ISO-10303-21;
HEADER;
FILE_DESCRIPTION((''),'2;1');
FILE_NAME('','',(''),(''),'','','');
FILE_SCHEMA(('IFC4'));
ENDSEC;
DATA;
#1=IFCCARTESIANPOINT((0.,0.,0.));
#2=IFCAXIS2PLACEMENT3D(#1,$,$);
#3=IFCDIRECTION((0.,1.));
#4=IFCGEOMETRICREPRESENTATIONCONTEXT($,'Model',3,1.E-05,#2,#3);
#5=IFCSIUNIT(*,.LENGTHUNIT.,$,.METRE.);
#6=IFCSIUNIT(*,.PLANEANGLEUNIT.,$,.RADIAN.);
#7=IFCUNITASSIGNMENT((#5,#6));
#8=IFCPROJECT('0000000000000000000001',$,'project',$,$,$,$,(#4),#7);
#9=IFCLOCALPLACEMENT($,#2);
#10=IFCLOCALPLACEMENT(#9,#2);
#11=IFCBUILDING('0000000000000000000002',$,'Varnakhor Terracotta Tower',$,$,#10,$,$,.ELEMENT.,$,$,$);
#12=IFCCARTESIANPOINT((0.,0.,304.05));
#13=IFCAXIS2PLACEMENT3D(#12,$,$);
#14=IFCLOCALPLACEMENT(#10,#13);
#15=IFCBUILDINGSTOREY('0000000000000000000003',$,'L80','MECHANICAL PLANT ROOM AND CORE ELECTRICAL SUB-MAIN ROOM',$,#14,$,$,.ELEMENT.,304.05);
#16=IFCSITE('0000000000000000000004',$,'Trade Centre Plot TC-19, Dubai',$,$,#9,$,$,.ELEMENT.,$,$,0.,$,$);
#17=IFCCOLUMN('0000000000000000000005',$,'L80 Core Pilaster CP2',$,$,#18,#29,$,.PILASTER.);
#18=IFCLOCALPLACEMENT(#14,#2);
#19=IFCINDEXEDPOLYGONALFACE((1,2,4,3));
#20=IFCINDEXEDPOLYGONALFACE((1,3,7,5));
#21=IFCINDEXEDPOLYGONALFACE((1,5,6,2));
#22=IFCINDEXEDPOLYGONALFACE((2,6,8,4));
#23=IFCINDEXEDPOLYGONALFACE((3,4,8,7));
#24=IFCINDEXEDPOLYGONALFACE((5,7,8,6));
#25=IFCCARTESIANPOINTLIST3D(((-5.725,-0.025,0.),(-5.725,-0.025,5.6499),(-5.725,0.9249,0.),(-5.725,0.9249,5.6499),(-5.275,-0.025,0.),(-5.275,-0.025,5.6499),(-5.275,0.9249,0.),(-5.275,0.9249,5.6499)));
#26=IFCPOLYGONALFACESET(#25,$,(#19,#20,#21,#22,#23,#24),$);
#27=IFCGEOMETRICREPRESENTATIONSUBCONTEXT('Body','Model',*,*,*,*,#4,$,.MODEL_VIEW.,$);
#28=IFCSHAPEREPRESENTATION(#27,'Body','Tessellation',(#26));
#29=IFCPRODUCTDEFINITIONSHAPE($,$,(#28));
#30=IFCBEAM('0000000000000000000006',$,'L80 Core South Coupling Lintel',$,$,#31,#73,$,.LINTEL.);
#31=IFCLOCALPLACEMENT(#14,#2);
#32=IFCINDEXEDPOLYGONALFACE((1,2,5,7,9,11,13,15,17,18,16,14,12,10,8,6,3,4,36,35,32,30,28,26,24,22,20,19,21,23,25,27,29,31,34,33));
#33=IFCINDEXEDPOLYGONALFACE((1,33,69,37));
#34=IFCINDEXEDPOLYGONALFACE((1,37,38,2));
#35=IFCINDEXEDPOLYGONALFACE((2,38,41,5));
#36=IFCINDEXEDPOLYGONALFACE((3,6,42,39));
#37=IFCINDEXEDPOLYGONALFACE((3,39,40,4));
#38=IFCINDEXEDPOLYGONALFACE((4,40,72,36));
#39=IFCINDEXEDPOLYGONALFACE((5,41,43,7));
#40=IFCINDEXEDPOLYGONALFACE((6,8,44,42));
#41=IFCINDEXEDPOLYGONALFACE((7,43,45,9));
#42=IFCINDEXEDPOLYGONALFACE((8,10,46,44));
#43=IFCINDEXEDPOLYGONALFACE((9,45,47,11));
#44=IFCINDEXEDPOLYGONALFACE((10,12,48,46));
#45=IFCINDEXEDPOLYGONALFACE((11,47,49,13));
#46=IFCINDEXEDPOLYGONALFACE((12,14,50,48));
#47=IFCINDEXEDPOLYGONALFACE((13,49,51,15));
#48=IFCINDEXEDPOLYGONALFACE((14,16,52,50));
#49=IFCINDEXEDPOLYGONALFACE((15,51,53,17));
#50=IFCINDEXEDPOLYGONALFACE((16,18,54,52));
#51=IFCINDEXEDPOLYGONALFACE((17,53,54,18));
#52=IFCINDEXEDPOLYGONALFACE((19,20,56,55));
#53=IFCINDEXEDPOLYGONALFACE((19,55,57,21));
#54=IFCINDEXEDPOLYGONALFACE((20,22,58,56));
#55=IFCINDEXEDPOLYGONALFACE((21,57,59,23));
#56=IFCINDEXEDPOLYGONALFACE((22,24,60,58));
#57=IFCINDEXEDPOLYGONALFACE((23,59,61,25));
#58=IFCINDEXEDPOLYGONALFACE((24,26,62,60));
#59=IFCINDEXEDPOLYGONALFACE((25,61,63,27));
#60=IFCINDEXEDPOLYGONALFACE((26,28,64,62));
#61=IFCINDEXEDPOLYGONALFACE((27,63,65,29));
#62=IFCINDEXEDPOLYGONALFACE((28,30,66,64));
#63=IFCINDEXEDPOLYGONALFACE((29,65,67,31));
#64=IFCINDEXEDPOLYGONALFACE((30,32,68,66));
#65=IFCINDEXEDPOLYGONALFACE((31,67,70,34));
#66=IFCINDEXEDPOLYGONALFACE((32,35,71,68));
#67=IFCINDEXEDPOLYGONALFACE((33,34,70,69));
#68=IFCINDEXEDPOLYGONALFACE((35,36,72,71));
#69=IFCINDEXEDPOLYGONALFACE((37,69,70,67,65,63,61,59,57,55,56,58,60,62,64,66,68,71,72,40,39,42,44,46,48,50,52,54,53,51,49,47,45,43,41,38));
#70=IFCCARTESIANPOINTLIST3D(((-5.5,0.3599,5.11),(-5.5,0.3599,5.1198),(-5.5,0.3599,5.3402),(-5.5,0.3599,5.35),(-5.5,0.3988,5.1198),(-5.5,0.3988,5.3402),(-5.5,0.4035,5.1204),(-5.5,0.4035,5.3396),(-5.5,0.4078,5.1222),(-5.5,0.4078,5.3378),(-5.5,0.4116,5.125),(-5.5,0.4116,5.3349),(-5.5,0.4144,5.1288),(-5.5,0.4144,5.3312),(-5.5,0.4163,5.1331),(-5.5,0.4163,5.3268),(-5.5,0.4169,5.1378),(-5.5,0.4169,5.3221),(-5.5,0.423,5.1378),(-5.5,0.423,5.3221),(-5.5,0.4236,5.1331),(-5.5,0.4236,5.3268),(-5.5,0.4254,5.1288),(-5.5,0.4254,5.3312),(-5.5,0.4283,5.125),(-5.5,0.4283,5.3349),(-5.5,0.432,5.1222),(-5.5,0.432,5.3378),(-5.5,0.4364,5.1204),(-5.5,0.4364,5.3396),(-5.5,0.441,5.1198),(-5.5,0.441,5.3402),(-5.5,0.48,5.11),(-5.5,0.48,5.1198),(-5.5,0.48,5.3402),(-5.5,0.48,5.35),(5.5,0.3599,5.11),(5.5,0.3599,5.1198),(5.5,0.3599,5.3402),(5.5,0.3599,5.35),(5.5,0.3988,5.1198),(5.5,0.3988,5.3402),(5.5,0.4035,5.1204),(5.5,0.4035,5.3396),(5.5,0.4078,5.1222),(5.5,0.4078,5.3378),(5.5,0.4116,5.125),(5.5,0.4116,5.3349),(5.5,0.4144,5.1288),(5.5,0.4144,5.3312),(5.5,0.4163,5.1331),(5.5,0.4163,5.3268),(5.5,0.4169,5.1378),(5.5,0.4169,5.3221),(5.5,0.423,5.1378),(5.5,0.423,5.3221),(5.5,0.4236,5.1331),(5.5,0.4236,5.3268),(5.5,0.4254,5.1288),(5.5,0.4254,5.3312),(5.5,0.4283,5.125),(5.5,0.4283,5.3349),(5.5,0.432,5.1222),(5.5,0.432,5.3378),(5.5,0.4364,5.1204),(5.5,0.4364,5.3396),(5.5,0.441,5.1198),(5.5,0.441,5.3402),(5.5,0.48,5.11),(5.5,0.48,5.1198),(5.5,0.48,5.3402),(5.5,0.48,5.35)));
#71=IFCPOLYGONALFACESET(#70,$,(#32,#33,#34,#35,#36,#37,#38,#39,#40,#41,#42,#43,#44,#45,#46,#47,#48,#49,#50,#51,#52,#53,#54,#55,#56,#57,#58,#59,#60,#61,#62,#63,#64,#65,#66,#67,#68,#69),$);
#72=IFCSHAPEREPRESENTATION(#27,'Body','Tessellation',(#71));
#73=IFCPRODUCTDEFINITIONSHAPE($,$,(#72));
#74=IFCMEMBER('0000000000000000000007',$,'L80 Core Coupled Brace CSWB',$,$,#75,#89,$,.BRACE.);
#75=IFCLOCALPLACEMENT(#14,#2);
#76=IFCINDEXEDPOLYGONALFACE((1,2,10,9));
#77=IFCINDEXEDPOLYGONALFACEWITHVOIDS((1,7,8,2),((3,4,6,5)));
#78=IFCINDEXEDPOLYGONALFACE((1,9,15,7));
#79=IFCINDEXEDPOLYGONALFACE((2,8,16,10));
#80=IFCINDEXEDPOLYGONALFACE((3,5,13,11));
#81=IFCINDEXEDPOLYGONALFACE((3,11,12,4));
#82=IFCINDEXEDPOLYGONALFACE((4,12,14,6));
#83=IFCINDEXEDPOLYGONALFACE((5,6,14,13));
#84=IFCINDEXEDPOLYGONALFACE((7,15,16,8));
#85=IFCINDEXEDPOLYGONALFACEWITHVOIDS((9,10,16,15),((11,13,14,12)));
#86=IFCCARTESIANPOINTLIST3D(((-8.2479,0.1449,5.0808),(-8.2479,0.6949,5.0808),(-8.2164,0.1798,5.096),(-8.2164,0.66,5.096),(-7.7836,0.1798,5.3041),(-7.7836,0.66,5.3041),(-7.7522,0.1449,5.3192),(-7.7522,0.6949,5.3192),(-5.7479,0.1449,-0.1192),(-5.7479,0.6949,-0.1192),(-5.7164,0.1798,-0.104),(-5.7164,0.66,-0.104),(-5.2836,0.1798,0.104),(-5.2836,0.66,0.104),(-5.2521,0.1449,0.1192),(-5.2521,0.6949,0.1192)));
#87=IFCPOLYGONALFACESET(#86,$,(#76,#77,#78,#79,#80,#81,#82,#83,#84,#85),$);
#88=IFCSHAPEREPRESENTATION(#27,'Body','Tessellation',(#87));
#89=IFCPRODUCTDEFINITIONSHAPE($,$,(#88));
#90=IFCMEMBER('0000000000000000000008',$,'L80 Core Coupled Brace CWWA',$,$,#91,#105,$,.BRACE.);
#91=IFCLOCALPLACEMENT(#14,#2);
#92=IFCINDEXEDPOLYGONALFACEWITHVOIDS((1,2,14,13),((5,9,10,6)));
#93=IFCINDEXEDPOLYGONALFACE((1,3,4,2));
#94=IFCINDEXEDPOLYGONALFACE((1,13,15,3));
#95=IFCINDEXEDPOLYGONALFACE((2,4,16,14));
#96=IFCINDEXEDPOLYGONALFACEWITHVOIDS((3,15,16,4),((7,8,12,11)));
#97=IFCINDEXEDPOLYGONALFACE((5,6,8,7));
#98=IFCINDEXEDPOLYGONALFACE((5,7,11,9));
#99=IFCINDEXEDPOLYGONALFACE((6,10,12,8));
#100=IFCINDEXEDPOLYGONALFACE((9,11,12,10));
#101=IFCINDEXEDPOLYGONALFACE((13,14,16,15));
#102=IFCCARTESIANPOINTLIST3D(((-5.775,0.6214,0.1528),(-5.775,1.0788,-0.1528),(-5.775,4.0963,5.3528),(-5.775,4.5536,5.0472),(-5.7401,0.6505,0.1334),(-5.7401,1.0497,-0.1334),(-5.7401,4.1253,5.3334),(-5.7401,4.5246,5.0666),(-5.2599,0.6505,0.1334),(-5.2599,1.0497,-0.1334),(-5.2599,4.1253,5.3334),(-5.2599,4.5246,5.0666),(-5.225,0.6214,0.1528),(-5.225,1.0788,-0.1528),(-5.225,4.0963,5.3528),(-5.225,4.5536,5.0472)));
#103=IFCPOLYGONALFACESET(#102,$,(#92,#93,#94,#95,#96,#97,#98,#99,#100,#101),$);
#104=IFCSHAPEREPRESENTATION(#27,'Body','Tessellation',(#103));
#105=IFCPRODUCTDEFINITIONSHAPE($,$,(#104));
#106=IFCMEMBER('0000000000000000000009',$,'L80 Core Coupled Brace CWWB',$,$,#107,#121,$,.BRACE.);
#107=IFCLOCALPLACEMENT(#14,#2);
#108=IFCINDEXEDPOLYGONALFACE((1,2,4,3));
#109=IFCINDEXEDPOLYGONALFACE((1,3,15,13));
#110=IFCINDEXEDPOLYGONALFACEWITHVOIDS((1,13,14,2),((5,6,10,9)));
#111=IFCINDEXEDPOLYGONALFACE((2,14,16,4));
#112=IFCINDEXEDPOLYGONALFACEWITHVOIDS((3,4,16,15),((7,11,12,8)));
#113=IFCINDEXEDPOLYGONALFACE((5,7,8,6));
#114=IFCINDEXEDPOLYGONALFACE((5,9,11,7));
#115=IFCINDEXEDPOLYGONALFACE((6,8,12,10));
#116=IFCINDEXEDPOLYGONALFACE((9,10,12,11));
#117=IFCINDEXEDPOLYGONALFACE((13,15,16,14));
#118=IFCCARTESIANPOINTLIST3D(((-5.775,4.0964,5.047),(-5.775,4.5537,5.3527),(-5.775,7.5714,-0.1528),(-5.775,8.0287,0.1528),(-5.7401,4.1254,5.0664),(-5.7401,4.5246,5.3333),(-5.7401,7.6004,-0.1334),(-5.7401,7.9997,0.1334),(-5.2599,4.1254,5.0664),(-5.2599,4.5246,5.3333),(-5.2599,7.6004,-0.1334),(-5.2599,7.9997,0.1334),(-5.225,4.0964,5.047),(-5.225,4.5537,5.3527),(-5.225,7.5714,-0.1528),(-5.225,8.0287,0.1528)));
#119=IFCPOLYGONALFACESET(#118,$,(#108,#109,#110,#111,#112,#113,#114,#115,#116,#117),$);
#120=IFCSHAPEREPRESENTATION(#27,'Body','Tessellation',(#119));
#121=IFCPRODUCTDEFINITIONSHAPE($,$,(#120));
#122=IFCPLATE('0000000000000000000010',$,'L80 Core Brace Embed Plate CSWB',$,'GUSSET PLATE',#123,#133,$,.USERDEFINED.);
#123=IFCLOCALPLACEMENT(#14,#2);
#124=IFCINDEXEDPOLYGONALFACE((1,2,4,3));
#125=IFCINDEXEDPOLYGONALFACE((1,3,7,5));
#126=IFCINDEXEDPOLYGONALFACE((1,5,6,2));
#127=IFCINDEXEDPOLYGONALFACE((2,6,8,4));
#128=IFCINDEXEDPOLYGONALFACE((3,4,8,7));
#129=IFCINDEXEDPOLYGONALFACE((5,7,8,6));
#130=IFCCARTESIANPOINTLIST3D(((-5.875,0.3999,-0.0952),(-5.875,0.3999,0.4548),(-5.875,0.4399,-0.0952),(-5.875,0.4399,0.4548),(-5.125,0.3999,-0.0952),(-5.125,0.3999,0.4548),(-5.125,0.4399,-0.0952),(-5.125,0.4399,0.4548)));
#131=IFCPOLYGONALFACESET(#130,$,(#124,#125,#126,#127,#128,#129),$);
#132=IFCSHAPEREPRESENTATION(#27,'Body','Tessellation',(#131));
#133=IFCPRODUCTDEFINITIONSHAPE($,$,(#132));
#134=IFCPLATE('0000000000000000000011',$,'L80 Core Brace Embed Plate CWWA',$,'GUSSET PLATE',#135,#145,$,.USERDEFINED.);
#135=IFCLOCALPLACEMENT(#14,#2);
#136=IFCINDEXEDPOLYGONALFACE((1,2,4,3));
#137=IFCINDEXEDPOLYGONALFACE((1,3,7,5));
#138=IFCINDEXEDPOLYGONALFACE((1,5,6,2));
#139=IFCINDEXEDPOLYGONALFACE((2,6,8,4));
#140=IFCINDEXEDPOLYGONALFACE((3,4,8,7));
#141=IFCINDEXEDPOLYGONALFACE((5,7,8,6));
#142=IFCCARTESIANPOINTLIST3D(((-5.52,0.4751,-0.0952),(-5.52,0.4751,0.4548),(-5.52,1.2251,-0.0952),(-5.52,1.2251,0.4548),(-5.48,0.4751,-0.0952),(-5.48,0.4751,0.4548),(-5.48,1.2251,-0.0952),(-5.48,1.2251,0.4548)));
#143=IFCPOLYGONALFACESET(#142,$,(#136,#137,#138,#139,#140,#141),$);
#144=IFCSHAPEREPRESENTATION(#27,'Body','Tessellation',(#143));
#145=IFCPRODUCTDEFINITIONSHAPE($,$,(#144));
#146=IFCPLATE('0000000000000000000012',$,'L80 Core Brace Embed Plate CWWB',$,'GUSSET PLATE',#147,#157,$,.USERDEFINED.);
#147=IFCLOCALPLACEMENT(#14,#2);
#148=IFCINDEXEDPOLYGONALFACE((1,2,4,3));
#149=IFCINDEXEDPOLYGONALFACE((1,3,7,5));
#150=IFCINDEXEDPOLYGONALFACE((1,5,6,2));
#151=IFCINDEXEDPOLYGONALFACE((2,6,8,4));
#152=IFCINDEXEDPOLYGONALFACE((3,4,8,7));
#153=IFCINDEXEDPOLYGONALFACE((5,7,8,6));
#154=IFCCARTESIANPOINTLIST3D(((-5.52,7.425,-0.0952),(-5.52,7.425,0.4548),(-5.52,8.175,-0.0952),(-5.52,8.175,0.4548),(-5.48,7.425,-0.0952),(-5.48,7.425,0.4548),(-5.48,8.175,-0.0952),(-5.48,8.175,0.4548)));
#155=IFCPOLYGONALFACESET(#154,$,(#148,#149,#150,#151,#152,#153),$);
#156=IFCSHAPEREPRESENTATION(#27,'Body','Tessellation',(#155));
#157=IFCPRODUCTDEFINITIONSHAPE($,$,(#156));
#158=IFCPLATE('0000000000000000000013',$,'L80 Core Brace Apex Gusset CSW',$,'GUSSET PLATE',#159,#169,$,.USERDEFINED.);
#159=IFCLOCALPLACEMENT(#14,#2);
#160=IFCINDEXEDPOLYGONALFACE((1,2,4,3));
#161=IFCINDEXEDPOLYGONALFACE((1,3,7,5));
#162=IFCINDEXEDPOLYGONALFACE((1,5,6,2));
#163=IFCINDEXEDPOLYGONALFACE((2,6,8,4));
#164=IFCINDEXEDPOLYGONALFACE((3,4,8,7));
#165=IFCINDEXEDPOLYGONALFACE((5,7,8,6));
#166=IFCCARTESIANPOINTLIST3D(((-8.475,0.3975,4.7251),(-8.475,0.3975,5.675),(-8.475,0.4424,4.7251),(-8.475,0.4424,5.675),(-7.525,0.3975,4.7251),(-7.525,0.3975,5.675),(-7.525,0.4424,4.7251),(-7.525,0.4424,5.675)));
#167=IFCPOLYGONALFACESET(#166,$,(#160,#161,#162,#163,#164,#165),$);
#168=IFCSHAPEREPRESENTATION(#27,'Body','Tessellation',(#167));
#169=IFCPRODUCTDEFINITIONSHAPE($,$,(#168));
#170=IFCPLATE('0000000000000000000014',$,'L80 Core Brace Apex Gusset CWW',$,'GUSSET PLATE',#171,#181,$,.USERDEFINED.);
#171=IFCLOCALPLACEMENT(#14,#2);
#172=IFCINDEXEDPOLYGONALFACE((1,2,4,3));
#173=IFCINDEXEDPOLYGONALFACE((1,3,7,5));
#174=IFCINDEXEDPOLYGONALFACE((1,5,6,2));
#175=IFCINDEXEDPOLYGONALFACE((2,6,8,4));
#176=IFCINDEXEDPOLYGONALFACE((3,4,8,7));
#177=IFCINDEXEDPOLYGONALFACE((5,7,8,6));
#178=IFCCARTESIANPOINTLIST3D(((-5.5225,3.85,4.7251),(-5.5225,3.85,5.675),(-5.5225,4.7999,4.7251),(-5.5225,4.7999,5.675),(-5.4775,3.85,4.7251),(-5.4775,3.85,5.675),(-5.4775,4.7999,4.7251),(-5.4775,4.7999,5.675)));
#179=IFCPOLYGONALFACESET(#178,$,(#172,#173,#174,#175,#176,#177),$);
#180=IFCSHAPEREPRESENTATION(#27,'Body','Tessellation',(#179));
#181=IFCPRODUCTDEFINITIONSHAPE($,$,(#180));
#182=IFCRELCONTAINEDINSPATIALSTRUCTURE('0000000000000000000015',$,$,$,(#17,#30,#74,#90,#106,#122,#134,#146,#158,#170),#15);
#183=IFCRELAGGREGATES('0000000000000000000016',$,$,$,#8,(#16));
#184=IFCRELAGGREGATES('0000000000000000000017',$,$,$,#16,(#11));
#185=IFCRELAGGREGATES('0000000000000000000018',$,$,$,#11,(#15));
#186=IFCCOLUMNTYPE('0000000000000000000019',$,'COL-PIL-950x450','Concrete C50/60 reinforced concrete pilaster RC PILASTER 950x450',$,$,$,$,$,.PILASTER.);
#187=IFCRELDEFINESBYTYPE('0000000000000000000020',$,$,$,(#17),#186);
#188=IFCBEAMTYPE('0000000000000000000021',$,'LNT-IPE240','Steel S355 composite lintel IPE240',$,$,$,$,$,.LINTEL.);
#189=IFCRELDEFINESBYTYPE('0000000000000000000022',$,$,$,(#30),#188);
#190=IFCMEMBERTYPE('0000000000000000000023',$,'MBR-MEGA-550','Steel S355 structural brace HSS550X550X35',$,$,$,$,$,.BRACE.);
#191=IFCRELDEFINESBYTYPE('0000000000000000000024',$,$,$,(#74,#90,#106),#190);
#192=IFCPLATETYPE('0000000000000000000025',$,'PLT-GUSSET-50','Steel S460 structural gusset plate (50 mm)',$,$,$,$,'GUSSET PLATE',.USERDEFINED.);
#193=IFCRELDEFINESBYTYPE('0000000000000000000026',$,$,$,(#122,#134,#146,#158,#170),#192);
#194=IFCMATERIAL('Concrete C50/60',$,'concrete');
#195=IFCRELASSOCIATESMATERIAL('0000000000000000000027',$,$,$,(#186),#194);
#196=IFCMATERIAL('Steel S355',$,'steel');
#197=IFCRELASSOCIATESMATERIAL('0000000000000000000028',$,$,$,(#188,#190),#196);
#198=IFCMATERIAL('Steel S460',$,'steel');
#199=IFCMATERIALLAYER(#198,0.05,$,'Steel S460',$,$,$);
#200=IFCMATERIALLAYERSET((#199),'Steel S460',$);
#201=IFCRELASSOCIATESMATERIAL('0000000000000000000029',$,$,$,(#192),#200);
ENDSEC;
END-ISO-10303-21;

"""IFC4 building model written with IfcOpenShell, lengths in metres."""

from ifc_helpers import new_model, si_unit, direction, frame, origin, origin_2d, place, context, subcontext, project, spatial, rectangle, hollow_rectangle, i_section, extrude, source, transform, mapped, material, layer, layer_set, material_profile, profile_set, type_object, type_shapes, element, save


model = new_model("IFC4")

# Units and contexts
model_context = context("Model", 3, precision=1e-05, world=origin(), true_north=direction((0.0, 1.0)))
body_context = subcontext(model_context, "Body", "Model", "MODEL_VIEW")
ifc_project = project(units=[si_unit("LENGTHUNIT", "METRE"), si_unit("PLANEANGLEUNIT", "RADIAN")], contexts=[model_context])

# Site, building, storey
site_placement = place(None, origin())
site = spatial("IfcSite", under=ifc_project, at=site_placement, Name="Trade Centre Plot TC-19, Dubai", CompositionType="ELEMENT", RefElevation=0.0)
building_placement = place(site_placement, origin())
building = spatial("IfcBuilding", under=site, at=building_placement, Name="Varnakhor Terracotta Tower", CompositionType="ELEMENT")
storey_placement = place(building_placement, frame((0.0, 0.0, 304.05)))
storey = spatial("IfcBuildingStorey", under=building, at=storey_placement, Name="L80", Description="MECHANICAL PLANT ROOM AND CORE ELECTRICAL SUB-MAIN ROOM", CompositionType="ELEMENT", Elevation=304.05)

# Column
ifc_material_1 = material(Name="Concrete C50/60", Category="concrete")
ifc_material_profile_1 = material_profile(ifc_material_1, rectangle(XDim=0.45, YDim=0.95, at=origin_2d()), Name="RC PILASTER 950x450")
ifc_profile_set_1 = profile_set([ifc_material_profile_1], Name="Concrete C50/60")
column_type = type_object("IfcColumnType", Name="COL-PIL-950x450", Description="Concrete C50/60 reinforced concrete pilaster RC PILASTER 950x450", PredefinedType="PILASTER", material=ifc_profile_set_1)
shared_shape_1 = source(origin(), body_context, "Body", "SweptSolid", [
    extrude(rectangle(XDim=0.45, YDim=0.95, at=origin_2d()), origin(), (0.0, 0.0, 1.0), 5.6499),
])
column_placement = place(storey_placement, frame((-5.5, 0.45, 0.0), z_axis=(0.0, 0.0, 1.0), x_axis=(1.0, 0.0, 0.0)))
element("IfcColumn", 1, at=column_placement, inside=storey, type_object=column_type, Name="L80 Core Pilaster CP2", PredefinedType="PILASTER", context=body_context, shape_type="MappedRepresentation", body=[
    mapped(shared_shape_1, transform((0.0, 0.0, 0.0), scale=1.0)),
])

# Beam
ifc_material_2 = material(Name="Steel S355", Category="steel")
ifc_material_profile_2 = material_profile(ifc_material_2, i_section(OverallWidth=0.1201, OverallDepth=0.24, WebThickness=0.0061, FlangeThickness=0.0098, FilletRadius=0.0181, at=origin_2d()), Name="IPE240")
ifc_profile_set_2 = profile_set([ifc_material_profile_2], Name="Steel S355")
beam_type = type_object("IfcBeamType", Name="LNT-IPE240", Description="Steel S355 composite lintel IPE240", PredefinedType="LINTEL", material=ifc_profile_set_2)
shared_shape_2 = source(origin(), body_context, "Body", "SweptSolid", [
    extrude(i_section(OverallWidth=0.1201, OverallDepth=0.24, WebThickness=0.0061, FlangeThickness=0.0098, FilletRadius=0.0181, at=origin_2d()), origin(), (0.0, 0.0, 1.0), 11.0),
])
type_shapes(beam_type, [shared_shape_2])
beam_placement = place(storey_placement, frame((-5.5, 0.4199, 5.23), z_axis=(1.0, 0.0, 0.0), x_axis=(0.0, 1.0, 0.0)))
element("IfcBeam", 2, at=beam_placement, inside=storey, type_object=beam_type, Name="L80 Core South Coupling Lintel", PredefinedType="LINTEL", context=body_context, shape_type="MappedRepresentation", body=[
    mapped(shared_shape_2, transform((0.0, 0.0, 0.0), scale=1.0)),
])

# Members
ifc_material_profile_3 = material_profile(ifc_material_2, hollow_rectangle(XDim=0.55, YDim=0.55, WallThickness=0.0349, at=origin_2d()), Name="HSS550X550X35")
ifc_profile_set_3 = profile_set([ifc_material_profile_3], Name="Steel S355")
member_type = type_object("IfcMemberType", Name="MBR-MEGA-550", Description="Steel S355 structural brace HSS550X550X35", PredefinedType="BRACE", material=ifc_profile_set_3)
shared_shape_3 = source(origin(), body_context, "Body", "SweptSolid", [
    extrude(hollow_rectangle(XDim=0.55, YDim=0.55, WallThickness=0.0349, at=origin_2d()), origin(), (0.0, 0.0, 1.0), 5.7698),
])
member_placement = place(storey_placement, frame((-5.5, 0.4199, 0.0), z_axis=(-0.433298, 0.0, 0.901251), x_axis=(0.0, -1.0, 0.0)))
element("IfcMember", 3, at=member_placement, inside=storey, type_object=member_type, Name="L80 Core Coupled Brace CSWB", PredefinedType="BRACE", context=body_context, shape_type="MappedRepresentation", body=[
    mapped(shared_shape_3, transform((0.0, 0.0, 0.0), scale=1.0)),
])
shared_shape_4 = source(origin(), body_context, "Body", "SweptSolid", [
    extrude(hollow_rectangle(XDim=0.55, YDim=0.55, WallThickness=0.0349, at=origin_2d()), origin(), (0.0, 0.0, 1.0), 6.2542),
])
for number, where, z_axis, x_axis, name in (
    (4, (-5.5, 0.8501, 0.0), (0.0, 0.55561, 0.831443), (-1.0, 0.0, 0.0), "L80 Core Coupled Brace CWWA"),
    (5, (-5.5, 7.8, 0.0), (0.0, -0.555637, 0.831425), (1.0, 0.0, 0.0), "L80 Core Coupled Brace CWWB"),
):
    element("IfcMember", number, at=place(storey_placement, frame(where, z_axis=z_axis, x_axis=x_axis)), inside=storey, type_object=member_type, Name=name, PredefinedType="BRACE", context=body_context, shape_type="MappedRepresentation", body=[
        mapped(shared_shape_4, transform((0.0, 0.0, 0.0), scale=1.0)),
    ])

# Plates
ifc_material_3 = material(Name="Steel S460", Category="steel")
ifc_layer_1 = layer(ifc_material_3, 0.05, Name="Steel S460")
ifc_layer_set_1 = layer_set([ifc_layer_1], Name="Steel S460")
plate_type = type_object("IfcPlateType", Name="PLT-GUSSET-50", Description="Steel S460 structural gusset plate (50 mm)", ElementType="GUSSET PLATE", PredefinedType="USERDEFINED", material=ifc_layer_set_1)
shared_shape_5 = source(origin(), body_context, "Body", "SweptSolid", [
    extrude(rectangle(XDim=0.75, YDim=0.04, at=origin_2d()), origin(), (0.0, 0.0, 1.0), 0.55),
])
type_shapes(plate_type, [shared_shape_5])
for number, where, z_axis, x_axis, name in (
    (6, (-5.5, 0.4199, -0.0952), (0.0, 0.0, 1.0), (1.0, 0.0, 0.0), "L80 Core Brace Embed Plate CSWB"),
    (7, (-5.5, 0.8501, -0.0952), (0.0, 0.0, 1.0), (0.0, 1.0, 0.0), "L80 Core Brace Embed Plate CWWA"),
    (8, (-5.5, 7.8, -0.0952), (0.0, 0.0, 1.0), (0.0, 1.0, 0.0), "L80 Core Brace Embed Plate CWWB"),
):
    element("IfcPlate", number, at=place(storey_placement, frame(where, z_axis=z_axis, x_axis=x_axis)), inside=storey, type_object=plate_type, Name=name, ObjectType="GUSSET PLATE", PredefinedType="USERDEFINED", context=body_context, shape_type="MappedRepresentation", body=[
        mapped(shared_shape_5, transform((0.0, 0.0, 0.0), scale=1.0)),
    ])
shared_shape_6 = source(origin(), body_context, "Body", "SweptSolid", [
    extrude(rectangle(XDim=0.95, YDim=0.0449, at=origin_2d()), origin(), (0.0, 0.0, 1.0), 0.95),
])
for number, where, z_axis, x_axis, name in (
    (9, (-8.0, 0.4199, 4.7251), (0.0, 0.0, 1.0), (1.0, 0.0, 0.0), "L80 Core Brace Apex Gusset CSW"),
    (10, (-5.5, 4.325, 4.7251), (0.0, 0.0, 1.0), (0.0, 1.0, 0.0), "L80 Core Brace Apex Gusset CWW"),
):
    element("IfcPlate", number, at=place(storey_placement, frame(where, z_axis=z_axis, x_axis=x_axis)), inside=storey, type_object=plate_type, Name=name, ObjectType="GUSSET PLATE", PredefinedType="USERDEFINED", context=body_context, shape_type="MappedRepresentation", body=[
        mapped(shared_shape_6, transform((0.0, 0.0, 0.0), scale=1.0)),
    ])

save(model, "model.ifc")
